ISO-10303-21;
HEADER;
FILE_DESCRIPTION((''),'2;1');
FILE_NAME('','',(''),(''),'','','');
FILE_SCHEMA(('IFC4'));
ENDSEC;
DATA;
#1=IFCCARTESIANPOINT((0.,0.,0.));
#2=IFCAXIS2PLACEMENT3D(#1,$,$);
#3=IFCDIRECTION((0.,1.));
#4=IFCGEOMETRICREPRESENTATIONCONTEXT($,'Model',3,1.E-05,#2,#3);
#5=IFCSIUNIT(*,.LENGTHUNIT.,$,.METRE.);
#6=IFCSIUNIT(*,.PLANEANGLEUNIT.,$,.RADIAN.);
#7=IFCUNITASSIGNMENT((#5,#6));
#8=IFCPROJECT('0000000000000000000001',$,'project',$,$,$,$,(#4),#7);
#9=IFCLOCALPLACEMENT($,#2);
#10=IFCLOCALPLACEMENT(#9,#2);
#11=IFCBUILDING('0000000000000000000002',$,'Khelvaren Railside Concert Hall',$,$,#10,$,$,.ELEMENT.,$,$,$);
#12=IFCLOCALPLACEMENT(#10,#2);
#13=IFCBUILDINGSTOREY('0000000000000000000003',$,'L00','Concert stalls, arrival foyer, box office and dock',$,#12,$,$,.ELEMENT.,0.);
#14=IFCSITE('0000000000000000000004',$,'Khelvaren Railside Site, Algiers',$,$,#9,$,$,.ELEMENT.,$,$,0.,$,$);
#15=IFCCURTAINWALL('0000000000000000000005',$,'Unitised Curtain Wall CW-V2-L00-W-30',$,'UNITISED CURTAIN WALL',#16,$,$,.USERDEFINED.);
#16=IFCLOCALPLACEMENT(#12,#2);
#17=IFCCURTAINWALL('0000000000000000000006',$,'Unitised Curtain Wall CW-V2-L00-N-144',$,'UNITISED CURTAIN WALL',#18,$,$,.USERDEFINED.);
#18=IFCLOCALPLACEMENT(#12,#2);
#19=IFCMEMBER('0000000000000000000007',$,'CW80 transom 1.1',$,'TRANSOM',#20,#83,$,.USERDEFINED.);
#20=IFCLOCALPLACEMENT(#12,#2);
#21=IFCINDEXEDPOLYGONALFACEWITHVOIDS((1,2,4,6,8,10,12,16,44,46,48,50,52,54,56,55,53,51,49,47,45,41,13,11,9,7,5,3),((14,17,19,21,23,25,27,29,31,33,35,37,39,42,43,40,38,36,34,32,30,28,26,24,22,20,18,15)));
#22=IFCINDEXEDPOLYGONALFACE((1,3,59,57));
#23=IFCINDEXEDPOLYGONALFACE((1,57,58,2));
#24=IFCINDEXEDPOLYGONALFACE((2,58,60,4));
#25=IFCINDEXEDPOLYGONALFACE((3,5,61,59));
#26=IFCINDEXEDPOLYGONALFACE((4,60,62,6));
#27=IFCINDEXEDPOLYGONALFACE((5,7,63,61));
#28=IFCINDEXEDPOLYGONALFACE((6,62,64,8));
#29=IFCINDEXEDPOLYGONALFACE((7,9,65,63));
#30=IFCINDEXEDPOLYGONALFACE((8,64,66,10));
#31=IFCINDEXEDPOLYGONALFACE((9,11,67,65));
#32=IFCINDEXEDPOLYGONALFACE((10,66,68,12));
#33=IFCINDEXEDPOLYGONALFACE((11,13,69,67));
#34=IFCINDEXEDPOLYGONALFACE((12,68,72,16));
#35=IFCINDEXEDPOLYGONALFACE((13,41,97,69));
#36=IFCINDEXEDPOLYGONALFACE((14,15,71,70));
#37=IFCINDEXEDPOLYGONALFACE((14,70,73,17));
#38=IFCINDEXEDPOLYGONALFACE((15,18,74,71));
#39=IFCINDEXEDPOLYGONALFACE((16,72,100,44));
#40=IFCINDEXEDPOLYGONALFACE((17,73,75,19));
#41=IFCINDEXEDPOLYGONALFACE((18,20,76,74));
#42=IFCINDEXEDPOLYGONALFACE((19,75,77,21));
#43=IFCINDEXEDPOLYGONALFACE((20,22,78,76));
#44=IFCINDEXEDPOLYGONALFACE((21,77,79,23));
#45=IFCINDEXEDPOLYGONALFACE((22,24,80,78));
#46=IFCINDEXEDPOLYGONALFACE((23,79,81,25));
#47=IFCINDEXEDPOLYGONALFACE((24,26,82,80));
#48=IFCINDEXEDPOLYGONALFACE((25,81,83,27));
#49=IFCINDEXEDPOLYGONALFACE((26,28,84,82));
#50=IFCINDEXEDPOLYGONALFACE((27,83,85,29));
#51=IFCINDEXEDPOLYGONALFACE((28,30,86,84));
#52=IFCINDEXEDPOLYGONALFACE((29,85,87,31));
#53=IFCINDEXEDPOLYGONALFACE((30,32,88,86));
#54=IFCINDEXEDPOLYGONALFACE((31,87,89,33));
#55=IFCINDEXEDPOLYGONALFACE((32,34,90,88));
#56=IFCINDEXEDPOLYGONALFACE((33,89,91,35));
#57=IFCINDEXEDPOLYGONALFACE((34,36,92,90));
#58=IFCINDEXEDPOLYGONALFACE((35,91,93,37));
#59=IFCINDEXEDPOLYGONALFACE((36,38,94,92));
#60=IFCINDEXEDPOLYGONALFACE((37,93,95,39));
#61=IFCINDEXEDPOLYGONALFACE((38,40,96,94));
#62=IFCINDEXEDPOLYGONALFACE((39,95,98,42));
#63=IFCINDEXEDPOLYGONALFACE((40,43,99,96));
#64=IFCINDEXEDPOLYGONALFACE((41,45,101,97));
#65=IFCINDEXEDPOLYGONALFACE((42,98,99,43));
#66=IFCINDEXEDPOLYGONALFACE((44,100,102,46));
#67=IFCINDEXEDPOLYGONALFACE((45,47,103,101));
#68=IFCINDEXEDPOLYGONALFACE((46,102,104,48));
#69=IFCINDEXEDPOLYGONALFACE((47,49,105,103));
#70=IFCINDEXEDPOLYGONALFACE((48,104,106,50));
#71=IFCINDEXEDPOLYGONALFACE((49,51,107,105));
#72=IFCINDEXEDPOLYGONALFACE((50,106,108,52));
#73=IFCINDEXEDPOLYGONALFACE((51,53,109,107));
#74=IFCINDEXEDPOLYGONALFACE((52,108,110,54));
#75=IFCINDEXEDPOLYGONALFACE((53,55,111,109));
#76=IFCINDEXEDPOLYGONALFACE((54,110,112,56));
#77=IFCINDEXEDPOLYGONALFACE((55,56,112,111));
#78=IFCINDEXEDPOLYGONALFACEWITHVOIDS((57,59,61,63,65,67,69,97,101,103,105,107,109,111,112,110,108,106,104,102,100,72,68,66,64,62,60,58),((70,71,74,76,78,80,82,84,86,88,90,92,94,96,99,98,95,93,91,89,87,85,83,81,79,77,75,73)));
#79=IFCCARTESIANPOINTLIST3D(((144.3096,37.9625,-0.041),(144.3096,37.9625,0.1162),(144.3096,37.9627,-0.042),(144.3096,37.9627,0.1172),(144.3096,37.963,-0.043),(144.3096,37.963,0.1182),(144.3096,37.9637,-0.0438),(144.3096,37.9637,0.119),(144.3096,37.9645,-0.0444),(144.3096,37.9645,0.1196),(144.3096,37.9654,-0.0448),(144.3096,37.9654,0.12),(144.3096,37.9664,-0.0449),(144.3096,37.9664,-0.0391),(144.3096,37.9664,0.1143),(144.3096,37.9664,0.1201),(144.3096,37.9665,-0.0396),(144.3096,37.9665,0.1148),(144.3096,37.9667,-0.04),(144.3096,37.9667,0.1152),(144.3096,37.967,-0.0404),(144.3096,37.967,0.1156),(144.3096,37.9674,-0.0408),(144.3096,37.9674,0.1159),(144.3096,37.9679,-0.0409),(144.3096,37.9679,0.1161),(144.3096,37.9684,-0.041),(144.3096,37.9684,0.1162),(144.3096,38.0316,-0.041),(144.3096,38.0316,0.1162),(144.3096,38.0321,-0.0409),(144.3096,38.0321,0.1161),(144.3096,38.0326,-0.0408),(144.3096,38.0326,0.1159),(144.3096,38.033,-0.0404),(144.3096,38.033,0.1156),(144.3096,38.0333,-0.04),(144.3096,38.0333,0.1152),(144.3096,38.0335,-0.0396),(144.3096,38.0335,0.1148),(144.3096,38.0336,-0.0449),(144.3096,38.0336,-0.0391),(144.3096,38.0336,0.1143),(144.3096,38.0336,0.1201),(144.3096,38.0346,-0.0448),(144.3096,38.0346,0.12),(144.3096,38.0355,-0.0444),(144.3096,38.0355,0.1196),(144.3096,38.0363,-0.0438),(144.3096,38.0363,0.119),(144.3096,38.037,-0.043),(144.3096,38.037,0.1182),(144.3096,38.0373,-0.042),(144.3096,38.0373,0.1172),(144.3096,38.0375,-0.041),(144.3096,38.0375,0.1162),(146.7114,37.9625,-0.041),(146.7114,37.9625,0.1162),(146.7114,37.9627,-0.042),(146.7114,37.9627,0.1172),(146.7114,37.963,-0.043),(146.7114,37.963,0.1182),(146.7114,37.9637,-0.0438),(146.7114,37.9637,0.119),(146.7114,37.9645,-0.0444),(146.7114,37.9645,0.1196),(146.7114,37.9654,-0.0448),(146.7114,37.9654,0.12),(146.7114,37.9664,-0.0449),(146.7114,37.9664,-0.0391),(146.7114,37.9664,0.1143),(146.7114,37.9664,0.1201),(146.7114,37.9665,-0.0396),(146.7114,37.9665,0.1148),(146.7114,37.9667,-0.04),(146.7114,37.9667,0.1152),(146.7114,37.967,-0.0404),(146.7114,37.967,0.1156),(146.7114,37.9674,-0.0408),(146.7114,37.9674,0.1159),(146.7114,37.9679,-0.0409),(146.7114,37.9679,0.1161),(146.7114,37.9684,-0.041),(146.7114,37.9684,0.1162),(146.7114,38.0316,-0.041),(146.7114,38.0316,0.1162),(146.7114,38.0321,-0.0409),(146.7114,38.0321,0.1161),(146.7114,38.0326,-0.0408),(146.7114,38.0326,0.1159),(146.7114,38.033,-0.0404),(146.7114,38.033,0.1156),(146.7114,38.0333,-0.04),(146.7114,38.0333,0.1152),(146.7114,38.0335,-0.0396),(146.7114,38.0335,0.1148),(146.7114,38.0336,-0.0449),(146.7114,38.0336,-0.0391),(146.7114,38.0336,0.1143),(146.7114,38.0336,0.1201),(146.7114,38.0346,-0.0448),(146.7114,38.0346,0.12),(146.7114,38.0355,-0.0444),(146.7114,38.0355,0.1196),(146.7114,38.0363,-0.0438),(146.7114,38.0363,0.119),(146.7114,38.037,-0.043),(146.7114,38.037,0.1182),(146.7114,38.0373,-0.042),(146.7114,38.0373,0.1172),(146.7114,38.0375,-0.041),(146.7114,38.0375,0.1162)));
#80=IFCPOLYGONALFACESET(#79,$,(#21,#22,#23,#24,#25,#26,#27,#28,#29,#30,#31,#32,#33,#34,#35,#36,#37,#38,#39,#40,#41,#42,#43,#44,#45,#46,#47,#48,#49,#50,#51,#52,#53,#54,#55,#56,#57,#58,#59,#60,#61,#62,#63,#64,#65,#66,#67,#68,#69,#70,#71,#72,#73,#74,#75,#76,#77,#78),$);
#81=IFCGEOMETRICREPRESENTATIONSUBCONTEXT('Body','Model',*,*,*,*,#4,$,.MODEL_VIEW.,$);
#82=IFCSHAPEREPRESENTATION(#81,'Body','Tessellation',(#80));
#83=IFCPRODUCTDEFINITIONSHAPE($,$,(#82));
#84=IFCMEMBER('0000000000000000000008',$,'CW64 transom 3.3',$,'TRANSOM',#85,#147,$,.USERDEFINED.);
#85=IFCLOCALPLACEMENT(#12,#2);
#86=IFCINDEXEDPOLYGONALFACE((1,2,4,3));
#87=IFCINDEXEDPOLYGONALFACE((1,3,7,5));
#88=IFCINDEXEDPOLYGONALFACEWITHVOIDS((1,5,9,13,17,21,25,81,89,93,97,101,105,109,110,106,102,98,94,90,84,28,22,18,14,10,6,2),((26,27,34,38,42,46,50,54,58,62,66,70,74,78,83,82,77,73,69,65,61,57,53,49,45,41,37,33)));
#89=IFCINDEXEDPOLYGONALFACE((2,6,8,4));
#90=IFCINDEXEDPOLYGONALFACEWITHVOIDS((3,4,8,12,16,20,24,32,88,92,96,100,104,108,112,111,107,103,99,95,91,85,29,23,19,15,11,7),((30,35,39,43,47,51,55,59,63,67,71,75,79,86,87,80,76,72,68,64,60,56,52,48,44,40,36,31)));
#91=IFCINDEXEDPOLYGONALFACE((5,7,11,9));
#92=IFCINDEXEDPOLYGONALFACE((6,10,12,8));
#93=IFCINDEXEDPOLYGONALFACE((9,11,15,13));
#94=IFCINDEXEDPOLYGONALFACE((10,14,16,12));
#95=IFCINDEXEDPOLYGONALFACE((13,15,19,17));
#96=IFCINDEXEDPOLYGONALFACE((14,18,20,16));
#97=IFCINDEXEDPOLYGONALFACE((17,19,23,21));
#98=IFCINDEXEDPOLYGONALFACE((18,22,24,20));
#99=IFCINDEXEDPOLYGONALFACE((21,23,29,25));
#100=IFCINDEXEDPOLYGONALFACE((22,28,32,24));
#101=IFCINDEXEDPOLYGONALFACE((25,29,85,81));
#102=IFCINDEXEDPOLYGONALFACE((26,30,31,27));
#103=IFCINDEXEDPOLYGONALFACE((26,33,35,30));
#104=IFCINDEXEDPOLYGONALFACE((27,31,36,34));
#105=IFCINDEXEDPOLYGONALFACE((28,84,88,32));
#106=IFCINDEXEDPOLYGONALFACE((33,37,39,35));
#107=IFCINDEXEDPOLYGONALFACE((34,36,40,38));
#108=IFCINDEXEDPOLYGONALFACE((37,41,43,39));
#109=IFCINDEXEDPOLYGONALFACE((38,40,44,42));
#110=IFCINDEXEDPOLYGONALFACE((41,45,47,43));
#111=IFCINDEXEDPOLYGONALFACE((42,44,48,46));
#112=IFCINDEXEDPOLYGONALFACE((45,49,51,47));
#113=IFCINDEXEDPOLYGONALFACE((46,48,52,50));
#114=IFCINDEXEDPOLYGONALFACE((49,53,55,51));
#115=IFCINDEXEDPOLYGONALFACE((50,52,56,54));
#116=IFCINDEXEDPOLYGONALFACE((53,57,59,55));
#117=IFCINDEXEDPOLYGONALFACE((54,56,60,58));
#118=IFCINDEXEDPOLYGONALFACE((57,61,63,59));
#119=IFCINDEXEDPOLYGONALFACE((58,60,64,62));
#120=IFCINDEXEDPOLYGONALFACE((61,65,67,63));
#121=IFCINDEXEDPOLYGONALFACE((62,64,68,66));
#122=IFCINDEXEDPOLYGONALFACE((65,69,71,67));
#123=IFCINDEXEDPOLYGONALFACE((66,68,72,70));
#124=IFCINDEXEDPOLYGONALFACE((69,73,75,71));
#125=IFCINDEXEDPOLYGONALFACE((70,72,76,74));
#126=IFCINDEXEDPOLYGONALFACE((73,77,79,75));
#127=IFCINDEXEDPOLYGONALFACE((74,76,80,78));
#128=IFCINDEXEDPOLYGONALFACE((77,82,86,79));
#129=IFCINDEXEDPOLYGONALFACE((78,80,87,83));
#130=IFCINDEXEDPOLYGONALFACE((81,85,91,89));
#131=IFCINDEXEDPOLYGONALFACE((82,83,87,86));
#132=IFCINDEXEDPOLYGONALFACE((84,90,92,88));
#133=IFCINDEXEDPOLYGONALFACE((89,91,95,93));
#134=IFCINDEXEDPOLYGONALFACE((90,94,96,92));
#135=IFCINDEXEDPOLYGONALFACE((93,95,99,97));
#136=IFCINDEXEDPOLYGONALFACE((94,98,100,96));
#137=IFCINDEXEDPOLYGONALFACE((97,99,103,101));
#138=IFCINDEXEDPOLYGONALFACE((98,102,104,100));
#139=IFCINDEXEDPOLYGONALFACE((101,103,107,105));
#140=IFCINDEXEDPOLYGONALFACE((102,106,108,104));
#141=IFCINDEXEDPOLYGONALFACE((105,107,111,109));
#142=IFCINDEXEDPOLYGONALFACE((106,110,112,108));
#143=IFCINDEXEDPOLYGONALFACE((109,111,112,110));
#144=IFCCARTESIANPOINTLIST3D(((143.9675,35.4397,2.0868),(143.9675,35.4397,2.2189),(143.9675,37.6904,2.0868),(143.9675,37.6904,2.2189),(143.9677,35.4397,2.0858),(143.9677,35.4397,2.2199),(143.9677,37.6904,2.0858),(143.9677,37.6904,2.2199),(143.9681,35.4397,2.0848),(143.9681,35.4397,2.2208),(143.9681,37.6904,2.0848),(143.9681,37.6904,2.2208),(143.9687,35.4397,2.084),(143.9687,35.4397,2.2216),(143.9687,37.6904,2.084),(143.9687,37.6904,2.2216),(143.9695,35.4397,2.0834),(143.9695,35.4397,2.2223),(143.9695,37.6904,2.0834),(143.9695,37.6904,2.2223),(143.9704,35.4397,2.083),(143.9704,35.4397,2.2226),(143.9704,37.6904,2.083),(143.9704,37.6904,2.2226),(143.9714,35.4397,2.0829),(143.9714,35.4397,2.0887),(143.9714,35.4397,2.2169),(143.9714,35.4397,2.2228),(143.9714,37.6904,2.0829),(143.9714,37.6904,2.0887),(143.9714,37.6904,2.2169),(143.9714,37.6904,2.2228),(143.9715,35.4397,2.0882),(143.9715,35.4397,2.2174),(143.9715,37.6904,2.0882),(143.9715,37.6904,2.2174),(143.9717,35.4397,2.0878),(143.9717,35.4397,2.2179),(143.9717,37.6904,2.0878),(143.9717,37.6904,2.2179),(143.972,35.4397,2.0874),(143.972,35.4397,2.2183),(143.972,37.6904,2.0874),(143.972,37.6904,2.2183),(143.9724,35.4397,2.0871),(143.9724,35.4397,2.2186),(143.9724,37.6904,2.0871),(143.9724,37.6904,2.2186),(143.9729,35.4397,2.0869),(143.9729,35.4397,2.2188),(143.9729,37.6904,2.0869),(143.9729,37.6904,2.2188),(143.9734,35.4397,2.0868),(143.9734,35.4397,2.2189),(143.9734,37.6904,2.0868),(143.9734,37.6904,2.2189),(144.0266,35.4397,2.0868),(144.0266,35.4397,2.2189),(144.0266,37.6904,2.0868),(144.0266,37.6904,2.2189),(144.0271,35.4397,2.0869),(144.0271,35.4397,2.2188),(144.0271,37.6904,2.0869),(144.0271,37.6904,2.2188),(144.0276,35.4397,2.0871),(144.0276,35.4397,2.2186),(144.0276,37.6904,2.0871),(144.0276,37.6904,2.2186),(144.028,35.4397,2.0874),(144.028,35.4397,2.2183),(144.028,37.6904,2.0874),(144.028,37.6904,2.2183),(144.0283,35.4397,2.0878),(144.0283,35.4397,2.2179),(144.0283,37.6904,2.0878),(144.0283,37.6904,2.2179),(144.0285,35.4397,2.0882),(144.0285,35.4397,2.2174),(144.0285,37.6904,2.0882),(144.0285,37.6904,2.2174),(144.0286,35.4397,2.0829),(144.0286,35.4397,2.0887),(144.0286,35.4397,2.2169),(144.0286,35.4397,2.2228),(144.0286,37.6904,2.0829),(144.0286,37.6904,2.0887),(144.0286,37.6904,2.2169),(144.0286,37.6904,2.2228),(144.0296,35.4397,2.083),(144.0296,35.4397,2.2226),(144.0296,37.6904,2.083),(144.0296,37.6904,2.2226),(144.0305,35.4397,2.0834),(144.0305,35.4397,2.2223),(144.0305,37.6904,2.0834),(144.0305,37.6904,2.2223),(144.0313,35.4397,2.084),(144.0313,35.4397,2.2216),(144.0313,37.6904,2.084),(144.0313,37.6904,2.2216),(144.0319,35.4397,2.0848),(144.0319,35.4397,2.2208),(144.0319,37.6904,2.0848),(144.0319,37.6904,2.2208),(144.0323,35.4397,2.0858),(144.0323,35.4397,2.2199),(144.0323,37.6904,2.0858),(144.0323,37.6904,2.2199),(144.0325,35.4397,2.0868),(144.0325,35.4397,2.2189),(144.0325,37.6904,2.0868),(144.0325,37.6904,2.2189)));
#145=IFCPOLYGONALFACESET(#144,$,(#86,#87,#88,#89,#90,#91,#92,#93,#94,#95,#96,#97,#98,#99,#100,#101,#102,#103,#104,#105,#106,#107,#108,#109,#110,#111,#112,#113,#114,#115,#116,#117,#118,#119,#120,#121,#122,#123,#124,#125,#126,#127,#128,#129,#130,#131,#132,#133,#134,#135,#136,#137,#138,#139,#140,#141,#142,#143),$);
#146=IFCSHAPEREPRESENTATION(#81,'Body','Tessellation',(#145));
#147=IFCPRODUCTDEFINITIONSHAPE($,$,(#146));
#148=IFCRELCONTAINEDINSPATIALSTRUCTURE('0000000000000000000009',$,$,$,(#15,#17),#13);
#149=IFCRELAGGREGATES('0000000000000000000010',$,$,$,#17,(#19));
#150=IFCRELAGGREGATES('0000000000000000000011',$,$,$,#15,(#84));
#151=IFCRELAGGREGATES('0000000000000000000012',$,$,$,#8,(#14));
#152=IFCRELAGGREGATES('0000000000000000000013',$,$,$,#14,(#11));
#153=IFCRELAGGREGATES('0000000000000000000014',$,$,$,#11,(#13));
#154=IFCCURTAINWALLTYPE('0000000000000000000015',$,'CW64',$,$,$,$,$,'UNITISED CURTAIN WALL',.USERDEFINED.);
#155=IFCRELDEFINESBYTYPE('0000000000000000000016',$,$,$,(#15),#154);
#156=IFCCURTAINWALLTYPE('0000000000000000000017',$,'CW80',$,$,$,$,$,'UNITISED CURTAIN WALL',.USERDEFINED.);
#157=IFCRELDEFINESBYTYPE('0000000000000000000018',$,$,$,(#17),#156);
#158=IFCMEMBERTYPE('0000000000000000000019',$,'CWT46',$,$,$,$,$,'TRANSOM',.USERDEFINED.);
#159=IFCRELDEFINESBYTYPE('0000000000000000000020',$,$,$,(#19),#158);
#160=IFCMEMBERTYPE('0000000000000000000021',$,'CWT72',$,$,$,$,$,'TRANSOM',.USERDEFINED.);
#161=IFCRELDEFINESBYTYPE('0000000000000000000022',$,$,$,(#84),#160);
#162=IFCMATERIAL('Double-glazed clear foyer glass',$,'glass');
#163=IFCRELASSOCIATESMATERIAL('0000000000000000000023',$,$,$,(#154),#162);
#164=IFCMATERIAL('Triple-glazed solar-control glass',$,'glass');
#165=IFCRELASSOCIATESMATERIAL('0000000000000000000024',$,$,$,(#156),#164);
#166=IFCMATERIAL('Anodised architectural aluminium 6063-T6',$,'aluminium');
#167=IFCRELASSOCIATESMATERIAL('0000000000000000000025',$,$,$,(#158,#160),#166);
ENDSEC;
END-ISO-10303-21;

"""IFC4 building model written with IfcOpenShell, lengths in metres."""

from ifc_helpers import new_model, si_unit, direction, frame, origin, origin_2d, place, context, subcontext, project, spatial, hollow_rectangle, extrude, material, material_profile, profile_set, type_object, element, aggregate, save


model = new_model("IFC4")

# Units and contexts
model_context = context("Model", 3, precision=1e-05, world=origin(), true_north=direction((0.0, 1.0)))
body_context = subcontext(model_context, "Body", "Model", "MODEL_VIEW")
ifc_project = project(units=[si_unit("LENGTHUNIT", "METRE"), si_unit("PLANEANGLEUNIT", "RADIAN")], contexts=[model_context])

# Site, building, storey
site_placement = place(None, origin())
site = spatial("IfcSite", under=ifc_project, at=site_placement, Name="Khelvaren Railside Site, Algiers", CompositionType="ELEMENT", RefElevation=0.0)
building_placement = place(site_placement, origin())
building = spatial("IfcBuilding", under=site, at=building_placement, Name="Khelvaren Railside Concert Hall", CompositionType="ELEMENT")
storey_placement = place(building_placement, origin())
storey = spatial("IfcBuildingStorey", under=building, at=storey_placement, Name="L00", Description="Concert stalls, arrival foyer, box office and dock", CompositionType="ELEMENT", Elevation=0.0)

# Curtain wall
ifc_material_1 = material(Name="Double-glazed clear foyer glass", Category="glass")
curtain_wall_type_1 = type_object("IfcCurtainWallType", Name="CW64", ElementType="UNITISED CURTAIN WALL", PredefinedType="USERDEFINED", material=ifc_material_1)
curtain_wall_1_placement = place(storey_placement, origin())
curtain_wall_1 = element("IfcCurtainWall", 1, at=curtain_wall_1_placement, inside=storey, type_object=curtain_wall_type_1, Name="Unitised Curtain Wall CW-V2-L00-W-30", ObjectType="UNITISED CURTAIN WALL", PredefinedType="USERDEFINED")
ifc_material_2 = material(Name="Anodised architectural aluminium 6063-T6", Category="aluminium")

# Curtain wall, member
ifc_material_3 = material(Name="Triple-glazed solar-control glass", Category="glass")
curtain_wall_type_2 = type_object("IfcCurtainWallType", Name="CW80", ElementType="UNITISED CURTAIN WALL", PredefinedType="USERDEFINED", material=ifc_material_3)
curtain_wall_2_placement = place(storey_placement, origin())
curtain_wall_2 = element("IfcCurtainWall", 2, at=curtain_wall_2_placement, inside=storey, type_object=curtain_wall_type_2, Name="Unitised Curtain Wall CW-V2-L00-N-144", ObjectType="UNITISED CURTAIN WALL", PredefinedType="USERDEFINED")
ifc_material_profile_1 = material_profile(ifc_material_2, hollow_rectangle(XDim=0.075, YDim=0.165, WallThickness=0.0039, InnerFilletRadius=0.002, OuterFilletRadius=0.0039, at=origin_2d()), Name="CWT 75x165x4")
ifc_profile_set_1 = profile_set([ifc_material_profile_1], Name="Anodised architectural aluminium 6063-T6")
member_type_1 = type_object("IfcMemberType", Name="CWT46", ElementType="TRANSOM", PredefinedType="USERDEFINED", material=ifc_profile_set_1)
member_1_placement = place(storey_placement, frame((144.3096, 38.0, 0.0376), z_axis=(1.0, 0.0, 0.0), x_axis=(0.0, 1.0, 0.0)))
member_1 = element("IfcMember", 3, at=member_1_placement, type_object=member_type_1, Name="CW80 transom 1.1", ObjectType="TRANSOM", PredefinedType="USERDEFINED", context=body_context, shape_type="SweptSolid", body=[
    extrude(hollow_rectangle(XDim=0.075, YDim=0.165, WallThickness=0.0039, InnerFilletRadius=0.002, OuterFilletRadius=0.0039, at=origin_2d()), origin(), (0.0, 0.0, 1.0), 2.4019),
])
aggregate(curtain_wall_2, [member_1])

# Member
ifc_material_profile_2 = material_profile(ifc_material_2, hollow_rectangle(XDim=0.0649, YDim=0.1399, WallThickness=0.0039, InnerFilletRadius=0.002, OuterFilletRadius=0.0039, at=origin_2d()), Name="CWT 65x140x4")
ifc_profile_set_2 = profile_set([ifc_material_profile_2], Name="Anodised architectural aluminium 6063-T6")
member_type_2 = type_object("IfcMemberType", Name="CWT72", ElementType="TRANSOM", PredefinedType="USERDEFINED", material=ifc_profile_set_2)
member_2_placement = place(storey_placement, frame((144.0, 35.4397, 2.1528), z_axis=(0.0, 1.0, 0.0), x_axis=(-1.0, 0.0, 0.0)))
member_2 = element("IfcMember", 4, at=member_2_placement, type_object=member_type_2, Name="CW64 transom 3.3", ObjectType="TRANSOM", PredefinedType="USERDEFINED", context=body_context, shape_type="SweptSolid", body=[
    extrude(hollow_rectangle(XDim=0.0649, YDim=0.1399, WallThickness=0.0039, InnerFilletRadius=0.002, OuterFilletRadius=0.0039, at=origin_2d()), origin(), (0.0, 0.0, 1.0), 2.2507),
])

aggregate(curtain_wall_1, [member_2])

save(model, "model.ifc")
